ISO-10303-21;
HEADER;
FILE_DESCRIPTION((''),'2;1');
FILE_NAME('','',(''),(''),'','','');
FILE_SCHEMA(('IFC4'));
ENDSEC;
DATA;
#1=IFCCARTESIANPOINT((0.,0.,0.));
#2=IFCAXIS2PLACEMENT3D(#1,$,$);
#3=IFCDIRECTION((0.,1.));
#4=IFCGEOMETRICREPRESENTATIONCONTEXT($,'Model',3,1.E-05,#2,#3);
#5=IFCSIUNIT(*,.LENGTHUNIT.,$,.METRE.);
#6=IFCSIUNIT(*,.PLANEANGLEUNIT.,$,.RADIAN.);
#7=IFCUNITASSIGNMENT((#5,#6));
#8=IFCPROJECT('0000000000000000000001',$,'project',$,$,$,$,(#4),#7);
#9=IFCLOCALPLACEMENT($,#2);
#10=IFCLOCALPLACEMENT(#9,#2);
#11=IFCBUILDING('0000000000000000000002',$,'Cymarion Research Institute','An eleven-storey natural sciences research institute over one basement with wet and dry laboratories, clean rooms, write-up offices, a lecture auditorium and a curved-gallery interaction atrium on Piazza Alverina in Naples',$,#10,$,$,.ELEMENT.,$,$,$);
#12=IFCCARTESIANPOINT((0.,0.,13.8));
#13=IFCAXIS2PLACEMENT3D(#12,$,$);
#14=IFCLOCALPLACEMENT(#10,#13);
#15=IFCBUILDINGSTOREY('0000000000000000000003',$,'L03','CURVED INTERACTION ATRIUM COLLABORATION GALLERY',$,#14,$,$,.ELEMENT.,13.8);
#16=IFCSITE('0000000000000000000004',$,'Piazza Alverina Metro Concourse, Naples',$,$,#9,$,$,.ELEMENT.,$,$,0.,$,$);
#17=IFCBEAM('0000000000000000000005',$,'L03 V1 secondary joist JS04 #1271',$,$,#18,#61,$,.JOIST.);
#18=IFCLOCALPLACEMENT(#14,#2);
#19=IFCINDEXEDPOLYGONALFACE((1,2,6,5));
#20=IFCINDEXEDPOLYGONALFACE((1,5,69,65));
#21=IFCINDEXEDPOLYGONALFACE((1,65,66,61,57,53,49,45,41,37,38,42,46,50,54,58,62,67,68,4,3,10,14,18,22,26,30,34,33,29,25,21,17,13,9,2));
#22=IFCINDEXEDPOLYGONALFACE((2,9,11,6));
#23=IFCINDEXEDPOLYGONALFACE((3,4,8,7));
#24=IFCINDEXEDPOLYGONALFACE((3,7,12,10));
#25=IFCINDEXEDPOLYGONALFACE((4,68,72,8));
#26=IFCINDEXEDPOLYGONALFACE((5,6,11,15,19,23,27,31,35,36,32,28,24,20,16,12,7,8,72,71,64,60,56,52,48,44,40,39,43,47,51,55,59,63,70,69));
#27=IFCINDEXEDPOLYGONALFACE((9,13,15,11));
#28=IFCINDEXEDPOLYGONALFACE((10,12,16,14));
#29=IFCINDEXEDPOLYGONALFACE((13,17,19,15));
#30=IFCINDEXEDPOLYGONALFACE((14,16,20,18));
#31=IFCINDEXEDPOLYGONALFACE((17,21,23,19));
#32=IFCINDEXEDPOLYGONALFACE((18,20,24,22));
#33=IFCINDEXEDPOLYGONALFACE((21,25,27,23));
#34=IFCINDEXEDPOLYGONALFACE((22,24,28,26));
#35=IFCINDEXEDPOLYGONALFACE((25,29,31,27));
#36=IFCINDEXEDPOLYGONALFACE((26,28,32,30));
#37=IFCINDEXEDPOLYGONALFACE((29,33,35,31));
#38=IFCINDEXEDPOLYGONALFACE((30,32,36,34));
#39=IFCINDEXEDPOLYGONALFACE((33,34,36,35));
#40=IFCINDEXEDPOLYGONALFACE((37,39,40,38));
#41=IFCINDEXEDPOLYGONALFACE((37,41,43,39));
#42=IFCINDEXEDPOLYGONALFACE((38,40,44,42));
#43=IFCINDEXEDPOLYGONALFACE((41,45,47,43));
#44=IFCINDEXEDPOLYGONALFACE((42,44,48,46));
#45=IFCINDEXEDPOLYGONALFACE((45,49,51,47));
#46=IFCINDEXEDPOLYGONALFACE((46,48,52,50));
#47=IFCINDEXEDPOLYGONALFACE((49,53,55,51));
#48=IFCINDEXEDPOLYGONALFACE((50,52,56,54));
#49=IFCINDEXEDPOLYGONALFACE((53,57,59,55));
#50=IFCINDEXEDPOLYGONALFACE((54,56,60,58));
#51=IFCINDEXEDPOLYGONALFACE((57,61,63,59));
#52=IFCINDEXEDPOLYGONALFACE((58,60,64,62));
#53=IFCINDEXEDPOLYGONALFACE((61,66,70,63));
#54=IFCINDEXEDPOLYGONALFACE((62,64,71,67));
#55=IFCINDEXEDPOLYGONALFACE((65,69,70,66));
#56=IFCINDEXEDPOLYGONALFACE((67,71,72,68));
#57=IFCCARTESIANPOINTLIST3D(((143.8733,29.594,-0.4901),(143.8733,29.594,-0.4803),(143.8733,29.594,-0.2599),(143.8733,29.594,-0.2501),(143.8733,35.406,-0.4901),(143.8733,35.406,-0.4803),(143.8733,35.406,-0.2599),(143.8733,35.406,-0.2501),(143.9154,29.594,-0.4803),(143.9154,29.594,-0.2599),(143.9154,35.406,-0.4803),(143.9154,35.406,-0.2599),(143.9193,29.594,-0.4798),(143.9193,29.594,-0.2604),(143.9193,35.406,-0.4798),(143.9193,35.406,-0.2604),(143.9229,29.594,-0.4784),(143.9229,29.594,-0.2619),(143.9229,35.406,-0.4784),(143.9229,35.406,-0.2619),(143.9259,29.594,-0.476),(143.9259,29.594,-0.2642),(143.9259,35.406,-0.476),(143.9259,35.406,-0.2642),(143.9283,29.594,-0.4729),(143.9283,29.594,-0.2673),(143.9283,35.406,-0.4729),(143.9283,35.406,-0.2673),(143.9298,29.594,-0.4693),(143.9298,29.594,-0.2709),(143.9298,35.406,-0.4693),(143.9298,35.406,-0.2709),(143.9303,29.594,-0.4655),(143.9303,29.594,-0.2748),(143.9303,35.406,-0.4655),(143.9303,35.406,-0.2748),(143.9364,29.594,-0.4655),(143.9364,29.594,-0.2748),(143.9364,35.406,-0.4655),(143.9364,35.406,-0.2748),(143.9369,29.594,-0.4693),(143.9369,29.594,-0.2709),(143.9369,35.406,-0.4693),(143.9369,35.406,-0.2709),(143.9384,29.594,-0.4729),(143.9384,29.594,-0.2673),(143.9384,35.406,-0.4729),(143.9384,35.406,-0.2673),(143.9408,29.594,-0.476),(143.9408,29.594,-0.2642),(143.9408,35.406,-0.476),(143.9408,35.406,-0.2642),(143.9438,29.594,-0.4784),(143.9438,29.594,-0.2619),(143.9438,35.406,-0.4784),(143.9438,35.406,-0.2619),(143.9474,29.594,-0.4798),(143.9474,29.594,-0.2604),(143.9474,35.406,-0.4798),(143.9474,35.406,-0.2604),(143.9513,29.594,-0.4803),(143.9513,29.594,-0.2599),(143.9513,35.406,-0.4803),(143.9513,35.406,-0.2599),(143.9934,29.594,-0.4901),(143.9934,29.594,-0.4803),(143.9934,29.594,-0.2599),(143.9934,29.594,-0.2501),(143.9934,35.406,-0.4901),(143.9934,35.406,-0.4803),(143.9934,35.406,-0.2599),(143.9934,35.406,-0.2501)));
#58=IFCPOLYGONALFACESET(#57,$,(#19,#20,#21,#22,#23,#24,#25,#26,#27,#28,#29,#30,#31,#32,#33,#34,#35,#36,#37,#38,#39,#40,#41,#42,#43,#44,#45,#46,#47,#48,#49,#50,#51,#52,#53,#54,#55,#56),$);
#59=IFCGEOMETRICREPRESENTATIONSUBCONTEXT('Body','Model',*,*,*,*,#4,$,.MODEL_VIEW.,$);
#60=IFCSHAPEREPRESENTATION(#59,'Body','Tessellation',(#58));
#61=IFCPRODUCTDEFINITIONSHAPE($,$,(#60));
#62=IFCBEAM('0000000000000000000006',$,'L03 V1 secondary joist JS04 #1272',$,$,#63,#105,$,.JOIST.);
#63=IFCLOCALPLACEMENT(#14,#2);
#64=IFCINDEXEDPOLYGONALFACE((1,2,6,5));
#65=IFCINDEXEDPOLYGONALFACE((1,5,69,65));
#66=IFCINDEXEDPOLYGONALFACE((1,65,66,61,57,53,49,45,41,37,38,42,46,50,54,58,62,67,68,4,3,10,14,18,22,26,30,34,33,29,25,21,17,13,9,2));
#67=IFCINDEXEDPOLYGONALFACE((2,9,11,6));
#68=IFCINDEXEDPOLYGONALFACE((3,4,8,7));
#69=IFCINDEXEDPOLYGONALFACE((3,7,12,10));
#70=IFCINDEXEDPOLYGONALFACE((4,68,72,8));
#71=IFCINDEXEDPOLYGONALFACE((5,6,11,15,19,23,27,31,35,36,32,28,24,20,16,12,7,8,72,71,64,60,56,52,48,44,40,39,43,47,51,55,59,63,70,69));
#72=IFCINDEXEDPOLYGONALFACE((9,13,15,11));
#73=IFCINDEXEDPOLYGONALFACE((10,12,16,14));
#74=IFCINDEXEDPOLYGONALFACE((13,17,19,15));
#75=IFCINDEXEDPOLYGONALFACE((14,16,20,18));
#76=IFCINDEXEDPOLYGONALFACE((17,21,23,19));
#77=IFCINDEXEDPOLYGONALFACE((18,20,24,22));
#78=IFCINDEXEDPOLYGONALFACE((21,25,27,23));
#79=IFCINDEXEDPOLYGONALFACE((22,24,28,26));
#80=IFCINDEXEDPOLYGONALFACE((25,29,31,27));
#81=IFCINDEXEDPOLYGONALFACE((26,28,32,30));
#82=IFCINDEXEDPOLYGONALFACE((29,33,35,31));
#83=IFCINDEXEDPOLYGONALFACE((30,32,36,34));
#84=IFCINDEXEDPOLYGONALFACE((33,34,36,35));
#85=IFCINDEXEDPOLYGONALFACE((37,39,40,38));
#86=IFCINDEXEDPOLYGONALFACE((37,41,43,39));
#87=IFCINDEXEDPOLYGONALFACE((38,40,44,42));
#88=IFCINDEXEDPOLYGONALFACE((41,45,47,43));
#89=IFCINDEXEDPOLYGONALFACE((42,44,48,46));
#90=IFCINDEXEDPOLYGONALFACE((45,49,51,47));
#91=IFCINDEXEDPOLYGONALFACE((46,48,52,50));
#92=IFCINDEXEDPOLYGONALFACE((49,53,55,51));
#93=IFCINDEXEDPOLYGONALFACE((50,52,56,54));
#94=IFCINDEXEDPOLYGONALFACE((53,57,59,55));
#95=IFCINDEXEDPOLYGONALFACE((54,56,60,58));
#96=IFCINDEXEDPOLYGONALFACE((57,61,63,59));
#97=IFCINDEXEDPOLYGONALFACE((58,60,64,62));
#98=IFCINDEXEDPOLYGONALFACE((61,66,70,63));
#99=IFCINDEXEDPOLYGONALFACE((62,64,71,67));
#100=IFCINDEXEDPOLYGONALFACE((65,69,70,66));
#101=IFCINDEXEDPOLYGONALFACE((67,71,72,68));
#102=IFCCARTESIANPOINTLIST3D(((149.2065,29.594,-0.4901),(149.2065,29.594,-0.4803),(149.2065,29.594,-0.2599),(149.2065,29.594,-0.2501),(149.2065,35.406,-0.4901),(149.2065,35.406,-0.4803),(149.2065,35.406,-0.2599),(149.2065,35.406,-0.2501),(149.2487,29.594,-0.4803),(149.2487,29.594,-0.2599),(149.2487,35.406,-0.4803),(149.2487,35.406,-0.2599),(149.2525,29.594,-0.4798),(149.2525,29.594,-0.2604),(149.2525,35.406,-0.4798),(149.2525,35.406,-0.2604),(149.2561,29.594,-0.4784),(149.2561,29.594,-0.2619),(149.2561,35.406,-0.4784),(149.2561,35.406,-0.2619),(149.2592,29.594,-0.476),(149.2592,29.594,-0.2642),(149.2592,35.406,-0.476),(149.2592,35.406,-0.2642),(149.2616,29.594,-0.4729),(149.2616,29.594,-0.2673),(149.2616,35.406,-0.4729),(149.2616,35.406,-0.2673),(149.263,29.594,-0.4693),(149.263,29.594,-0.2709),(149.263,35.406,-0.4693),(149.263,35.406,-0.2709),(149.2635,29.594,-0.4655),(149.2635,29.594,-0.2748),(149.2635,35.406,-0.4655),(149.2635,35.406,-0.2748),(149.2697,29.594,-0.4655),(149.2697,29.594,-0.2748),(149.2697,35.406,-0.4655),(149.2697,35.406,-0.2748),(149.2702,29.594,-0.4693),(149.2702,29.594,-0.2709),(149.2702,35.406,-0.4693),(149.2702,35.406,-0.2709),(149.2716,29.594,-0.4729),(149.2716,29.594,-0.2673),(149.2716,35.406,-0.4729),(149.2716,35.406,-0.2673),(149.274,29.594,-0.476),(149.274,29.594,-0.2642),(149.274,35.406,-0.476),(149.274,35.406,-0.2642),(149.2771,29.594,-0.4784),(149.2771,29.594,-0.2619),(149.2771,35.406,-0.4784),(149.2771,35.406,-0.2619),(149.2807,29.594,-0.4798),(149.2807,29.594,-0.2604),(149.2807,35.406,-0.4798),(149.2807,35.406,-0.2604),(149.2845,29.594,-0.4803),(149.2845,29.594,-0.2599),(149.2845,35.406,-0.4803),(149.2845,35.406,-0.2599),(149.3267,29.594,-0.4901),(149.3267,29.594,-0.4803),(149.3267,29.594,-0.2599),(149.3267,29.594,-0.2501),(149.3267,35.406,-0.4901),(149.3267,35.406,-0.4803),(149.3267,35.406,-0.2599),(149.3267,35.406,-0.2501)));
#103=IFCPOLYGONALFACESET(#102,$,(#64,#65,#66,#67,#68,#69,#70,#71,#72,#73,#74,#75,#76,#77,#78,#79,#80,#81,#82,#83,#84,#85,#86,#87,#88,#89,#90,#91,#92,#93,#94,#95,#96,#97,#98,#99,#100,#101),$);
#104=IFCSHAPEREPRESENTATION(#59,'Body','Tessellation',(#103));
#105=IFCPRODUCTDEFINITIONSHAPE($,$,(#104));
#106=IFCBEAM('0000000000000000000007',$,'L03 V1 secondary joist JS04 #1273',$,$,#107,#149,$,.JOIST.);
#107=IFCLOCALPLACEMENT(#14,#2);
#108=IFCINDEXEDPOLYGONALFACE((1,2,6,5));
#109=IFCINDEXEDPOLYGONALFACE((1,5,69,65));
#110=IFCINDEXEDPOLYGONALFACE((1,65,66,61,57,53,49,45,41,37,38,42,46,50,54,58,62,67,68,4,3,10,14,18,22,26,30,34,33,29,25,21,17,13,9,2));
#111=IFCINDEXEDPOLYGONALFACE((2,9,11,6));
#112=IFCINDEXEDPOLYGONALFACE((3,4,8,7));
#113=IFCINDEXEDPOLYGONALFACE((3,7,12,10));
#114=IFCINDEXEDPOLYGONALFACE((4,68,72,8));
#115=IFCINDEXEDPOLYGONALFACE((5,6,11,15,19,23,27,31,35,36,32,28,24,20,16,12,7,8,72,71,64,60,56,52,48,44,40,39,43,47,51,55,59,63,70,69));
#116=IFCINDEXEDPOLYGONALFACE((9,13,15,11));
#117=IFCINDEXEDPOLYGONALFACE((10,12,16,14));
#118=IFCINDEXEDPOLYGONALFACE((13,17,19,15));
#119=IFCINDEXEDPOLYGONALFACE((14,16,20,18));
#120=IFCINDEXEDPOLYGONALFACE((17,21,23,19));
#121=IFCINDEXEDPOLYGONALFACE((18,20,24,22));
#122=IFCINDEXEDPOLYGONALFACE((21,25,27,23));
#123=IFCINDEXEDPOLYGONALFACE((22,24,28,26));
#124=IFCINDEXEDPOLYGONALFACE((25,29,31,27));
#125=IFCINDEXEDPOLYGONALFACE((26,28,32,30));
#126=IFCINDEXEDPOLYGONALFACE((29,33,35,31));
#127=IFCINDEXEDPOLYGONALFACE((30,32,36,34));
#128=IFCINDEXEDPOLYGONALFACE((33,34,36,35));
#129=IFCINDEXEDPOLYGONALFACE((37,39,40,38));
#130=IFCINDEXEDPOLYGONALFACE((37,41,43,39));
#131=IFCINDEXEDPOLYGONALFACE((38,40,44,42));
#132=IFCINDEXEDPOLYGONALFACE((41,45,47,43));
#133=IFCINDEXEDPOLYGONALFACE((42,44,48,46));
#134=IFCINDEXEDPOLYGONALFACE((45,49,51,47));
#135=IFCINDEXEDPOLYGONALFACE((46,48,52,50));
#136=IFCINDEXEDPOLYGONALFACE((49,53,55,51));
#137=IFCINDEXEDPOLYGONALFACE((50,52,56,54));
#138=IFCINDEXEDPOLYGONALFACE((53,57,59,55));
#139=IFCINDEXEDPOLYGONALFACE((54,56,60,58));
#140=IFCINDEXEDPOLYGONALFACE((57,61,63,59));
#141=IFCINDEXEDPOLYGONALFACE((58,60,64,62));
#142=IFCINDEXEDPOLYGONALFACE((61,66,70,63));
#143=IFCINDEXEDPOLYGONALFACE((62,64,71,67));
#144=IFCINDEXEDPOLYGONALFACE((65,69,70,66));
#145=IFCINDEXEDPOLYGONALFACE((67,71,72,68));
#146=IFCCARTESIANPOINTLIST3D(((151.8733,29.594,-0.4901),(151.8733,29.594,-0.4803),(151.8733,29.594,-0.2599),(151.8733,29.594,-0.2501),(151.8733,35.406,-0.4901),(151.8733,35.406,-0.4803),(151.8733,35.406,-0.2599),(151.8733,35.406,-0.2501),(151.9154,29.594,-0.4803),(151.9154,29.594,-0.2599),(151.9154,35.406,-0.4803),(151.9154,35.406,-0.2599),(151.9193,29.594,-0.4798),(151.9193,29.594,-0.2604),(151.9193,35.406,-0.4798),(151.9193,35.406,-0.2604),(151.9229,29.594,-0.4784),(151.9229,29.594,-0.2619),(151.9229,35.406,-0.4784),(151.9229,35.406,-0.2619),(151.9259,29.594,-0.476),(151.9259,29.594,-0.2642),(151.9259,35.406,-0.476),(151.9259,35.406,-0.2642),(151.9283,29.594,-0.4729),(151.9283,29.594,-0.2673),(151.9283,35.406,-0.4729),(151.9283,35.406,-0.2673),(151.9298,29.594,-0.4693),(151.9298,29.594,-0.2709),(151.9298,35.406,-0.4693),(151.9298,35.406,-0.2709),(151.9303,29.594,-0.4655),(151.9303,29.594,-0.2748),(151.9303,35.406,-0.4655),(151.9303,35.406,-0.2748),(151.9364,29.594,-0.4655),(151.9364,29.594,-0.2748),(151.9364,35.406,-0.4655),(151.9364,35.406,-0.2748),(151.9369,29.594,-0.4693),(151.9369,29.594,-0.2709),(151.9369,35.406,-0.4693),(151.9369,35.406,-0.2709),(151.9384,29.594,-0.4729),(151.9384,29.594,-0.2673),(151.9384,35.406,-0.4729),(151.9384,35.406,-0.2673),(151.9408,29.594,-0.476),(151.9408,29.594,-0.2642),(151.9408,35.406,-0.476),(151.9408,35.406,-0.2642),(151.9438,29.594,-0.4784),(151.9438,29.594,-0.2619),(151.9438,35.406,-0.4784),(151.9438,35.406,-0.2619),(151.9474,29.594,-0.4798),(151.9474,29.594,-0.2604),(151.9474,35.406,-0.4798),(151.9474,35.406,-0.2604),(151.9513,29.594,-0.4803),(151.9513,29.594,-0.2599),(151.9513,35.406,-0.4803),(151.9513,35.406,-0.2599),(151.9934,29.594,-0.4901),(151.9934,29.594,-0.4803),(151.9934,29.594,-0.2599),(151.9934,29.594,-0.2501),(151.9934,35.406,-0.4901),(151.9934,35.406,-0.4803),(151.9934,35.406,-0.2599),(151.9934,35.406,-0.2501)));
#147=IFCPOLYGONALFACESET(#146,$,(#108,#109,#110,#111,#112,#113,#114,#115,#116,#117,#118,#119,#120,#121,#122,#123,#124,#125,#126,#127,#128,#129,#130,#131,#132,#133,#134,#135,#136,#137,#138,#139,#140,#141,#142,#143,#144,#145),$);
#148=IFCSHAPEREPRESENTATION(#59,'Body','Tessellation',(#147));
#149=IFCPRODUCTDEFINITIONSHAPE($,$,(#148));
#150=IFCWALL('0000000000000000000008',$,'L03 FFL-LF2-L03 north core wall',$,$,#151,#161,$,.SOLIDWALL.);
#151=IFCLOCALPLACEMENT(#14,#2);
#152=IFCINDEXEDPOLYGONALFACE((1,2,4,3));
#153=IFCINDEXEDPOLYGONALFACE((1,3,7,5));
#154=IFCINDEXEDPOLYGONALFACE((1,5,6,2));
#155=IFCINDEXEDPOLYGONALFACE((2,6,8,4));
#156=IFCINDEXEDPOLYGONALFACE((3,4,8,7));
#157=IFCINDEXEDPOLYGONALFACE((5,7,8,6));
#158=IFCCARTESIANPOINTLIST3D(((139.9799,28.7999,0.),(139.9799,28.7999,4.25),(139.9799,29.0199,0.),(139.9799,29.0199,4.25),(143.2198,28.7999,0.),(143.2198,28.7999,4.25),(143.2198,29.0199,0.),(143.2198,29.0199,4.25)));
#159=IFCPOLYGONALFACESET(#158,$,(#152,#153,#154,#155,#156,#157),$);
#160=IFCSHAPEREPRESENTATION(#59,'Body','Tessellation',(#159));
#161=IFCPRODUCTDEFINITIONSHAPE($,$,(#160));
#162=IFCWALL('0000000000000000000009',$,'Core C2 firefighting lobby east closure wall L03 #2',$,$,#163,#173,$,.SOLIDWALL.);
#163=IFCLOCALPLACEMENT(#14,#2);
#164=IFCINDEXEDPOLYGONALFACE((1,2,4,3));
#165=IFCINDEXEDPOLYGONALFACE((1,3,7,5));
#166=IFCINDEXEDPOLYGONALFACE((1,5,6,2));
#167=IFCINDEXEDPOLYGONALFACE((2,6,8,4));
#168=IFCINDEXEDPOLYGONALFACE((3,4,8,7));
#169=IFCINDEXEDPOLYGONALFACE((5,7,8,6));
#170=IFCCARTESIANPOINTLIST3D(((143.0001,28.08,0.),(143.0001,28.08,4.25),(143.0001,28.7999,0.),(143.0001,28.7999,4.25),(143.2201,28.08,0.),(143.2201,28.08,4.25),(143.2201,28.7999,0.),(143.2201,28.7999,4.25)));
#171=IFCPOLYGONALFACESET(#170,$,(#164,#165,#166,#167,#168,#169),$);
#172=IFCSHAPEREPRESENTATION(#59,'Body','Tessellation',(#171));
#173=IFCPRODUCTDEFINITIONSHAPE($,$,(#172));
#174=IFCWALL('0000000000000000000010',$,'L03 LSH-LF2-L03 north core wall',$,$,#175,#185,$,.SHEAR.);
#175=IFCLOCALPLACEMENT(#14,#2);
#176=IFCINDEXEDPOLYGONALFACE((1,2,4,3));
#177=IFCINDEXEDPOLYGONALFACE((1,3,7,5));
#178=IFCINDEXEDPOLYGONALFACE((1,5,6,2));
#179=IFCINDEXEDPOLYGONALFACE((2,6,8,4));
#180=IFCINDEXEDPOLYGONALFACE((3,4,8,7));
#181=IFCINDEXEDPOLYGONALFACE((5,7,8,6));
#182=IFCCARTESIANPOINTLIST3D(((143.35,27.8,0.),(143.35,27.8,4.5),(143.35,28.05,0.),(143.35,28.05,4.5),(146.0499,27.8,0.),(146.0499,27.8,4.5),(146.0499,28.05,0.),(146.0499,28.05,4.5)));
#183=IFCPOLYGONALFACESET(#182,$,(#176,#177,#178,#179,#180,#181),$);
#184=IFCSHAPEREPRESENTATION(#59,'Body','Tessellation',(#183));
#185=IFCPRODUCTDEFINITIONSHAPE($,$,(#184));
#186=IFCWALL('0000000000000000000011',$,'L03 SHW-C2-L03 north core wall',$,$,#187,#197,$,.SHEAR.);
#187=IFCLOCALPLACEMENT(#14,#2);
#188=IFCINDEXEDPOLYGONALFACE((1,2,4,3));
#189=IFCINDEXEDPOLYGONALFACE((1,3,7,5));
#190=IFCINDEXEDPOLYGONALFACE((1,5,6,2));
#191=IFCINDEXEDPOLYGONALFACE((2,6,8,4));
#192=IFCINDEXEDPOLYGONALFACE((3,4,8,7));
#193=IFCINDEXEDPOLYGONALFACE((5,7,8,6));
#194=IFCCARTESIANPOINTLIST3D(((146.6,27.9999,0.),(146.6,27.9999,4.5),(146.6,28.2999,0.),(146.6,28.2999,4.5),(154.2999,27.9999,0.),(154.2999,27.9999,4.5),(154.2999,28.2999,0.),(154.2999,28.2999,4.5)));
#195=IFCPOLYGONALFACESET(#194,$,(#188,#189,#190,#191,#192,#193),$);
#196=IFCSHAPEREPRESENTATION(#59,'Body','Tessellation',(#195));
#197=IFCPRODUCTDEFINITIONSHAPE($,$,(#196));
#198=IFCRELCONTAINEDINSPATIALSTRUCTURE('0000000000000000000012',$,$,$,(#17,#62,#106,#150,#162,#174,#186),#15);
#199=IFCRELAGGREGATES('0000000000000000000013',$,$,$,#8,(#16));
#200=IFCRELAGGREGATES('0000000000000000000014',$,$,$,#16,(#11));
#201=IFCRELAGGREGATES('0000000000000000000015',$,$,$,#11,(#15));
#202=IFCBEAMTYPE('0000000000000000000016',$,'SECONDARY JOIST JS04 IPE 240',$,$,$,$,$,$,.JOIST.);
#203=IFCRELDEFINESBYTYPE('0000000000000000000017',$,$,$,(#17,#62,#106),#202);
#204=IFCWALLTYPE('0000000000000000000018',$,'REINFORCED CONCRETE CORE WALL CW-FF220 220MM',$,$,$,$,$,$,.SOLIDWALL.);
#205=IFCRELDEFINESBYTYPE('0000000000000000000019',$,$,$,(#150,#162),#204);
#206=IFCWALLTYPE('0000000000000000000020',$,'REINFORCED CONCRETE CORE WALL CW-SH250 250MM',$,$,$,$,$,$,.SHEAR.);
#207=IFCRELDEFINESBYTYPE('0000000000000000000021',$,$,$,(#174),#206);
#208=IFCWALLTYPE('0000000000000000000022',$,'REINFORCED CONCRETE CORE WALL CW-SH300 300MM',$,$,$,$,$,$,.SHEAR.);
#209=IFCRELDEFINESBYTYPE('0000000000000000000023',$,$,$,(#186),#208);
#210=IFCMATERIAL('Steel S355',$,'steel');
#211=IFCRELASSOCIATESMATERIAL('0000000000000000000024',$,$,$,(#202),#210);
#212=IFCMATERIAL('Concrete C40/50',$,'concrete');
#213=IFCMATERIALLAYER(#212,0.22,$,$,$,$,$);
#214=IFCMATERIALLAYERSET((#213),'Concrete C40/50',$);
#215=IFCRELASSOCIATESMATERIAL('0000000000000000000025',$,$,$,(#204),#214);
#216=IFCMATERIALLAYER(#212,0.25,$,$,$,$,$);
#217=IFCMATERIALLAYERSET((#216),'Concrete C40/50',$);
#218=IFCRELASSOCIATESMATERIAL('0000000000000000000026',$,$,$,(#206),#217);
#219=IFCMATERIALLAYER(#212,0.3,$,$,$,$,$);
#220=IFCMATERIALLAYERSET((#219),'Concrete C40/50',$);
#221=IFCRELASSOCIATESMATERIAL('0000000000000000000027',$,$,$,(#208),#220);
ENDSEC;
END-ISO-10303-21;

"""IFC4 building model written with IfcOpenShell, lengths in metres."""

from ifc_helpers import new_model, si_unit, direction, frame, frame_2d, origin, origin_2d, place, context, subcontext, project, spatial, rectangle, i_section, extrude, material, layer, layer_set, material_profile, profile_set, type_object, element, save


model = new_model("IFC4")

# Units and contexts
model_context = context("Model", 3, precision=1e-05, world=origin(), true_north=direction((0.0, 1.0)))
body_context = subcontext(model_context, "Body", "Model", "MODEL_VIEW")
ifc_project = project(units=[si_unit("LENGTHUNIT", "METRE"), si_unit("PLANEANGLEUNIT", "RADIAN")], contexts=[model_context])

# Site, building, storey
site_placement = place(None, origin())
site = spatial("IfcSite", under=ifc_project, at=site_placement, Name="Piazza Alverina Metro Concourse, Naples", CompositionType="ELEMENT", RefElevation=0.0)
building_placement = place(site_placement, origin())
building = spatial("IfcBuilding", under=site, at=building_placement, Name="Cymarion Research Institute", Description="An eleven-storey natural sciences research institute over one basement with wet and dry laboratories, clean rooms, write-up offices, a lecture auditorium and a curved-gallery interaction atrium on Piazza Alverina in Naples", CompositionType="ELEMENT")
storey_placement = place(building_placement, frame((0.0, 0.0, 13.8)))
storey = spatial("IfcBuildingStorey", under=building, at=storey_placement, Name="L03", Description="CURVED INTERACTION ATRIUM COLLABORATION GALLERY", CompositionType="ELEMENT", Elevation=13.8)

# Shared definitions
ifc_material_1 = material(Name="Steel S355", Category="steel")

# Beams
ifc_material_profile_1 = material_profile(ifc_material_1, i_section(OverallWidth=0.1201, OverallDepth=0.24, WebThickness=0.0061, FlangeThickness=0.0098, FilletRadius=0.0149, at=origin_2d()), Name="IPE 240")
ifc_profile_set_1 = profile_set([ifc_material_profile_1], Name="Steel S355")
beam_type_1 = type_object("IfcBeamType", Name="SECONDARY JOIST JS04 IPE 240", PredefinedType="JOIST", material=ifc_profile_set_1)
for number, where, z_axis, x_axis, name in (
    (1, (143.9333, 29.594, -0.3701), (0.0, 1.0, 0.0), (-1.0, 0.0, 0.0), "L03 V1 secondary joist JS04 #1271"),
    (2, (149.2666, 29.594, -0.3701), (0.0, 1.0, 0.0), (-1.0, 0.0, 0.0), "L03 V1 secondary joist JS04 #1272"),
    (3, (151.9333, 29.594, -0.3701), (0.0, 1.0, 0.0), (-1.0, 0.0, 0.0), "L03 V1 secondary joist JS04 #1273"),
):
    element("IfcBeam", number, at=place(storey_placement, frame(where, z_axis=z_axis, x_axis=x_axis)), inside=storey, type_object=beam_type_1, Name=name, PredefinedType="JOIST", context=body_context, shape_type="SweptSolid", body=[
        extrude(i_section(OverallWidth=0.1201, OverallDepth=0.24, WebThickness=0.0061, FlangeThickness=0.0098, FilletRadius=0.0149, at=origin_2d()), origin(), (0.0, 0.0, 1.0), 5.812),
    ])

# Walls
ifc_material_2 = material(Name="Concrete C40/50", Category="concrete")
ifc_layer_1 = layer(ifc_material_2, 0.22)
ifc_layer_set_1 = layer_set([ifc_layer_1], Name="Concrete C40/50")
wall_type_1 = type_object("IfcWallType", Name="REINFORCED CONCRETE CORE WALL CW-FF220 220MM", PredefinedType="SOLIDWALL", material=ifc_layer_set_1)
wall_1_placement = place(storey_placement, frame((143.22, 28.9099, 0.0), z_axis=(0.0, 0.0, 1.0), x_axis=(-1.0, 0.0, 0.0)))
element("IfcWall", 4, at=wall_1_placement, inside=storey, type_object=wall_type_1, Name="L03 FFL-LF2-L03 north core wall", PredefinedType="SOLIDWALL", context=body_context, shape_type="SweptSolid", body=[
    extrude(rectangle(XDim=3.24, YDim=0.22, at=frame_2d((1.6201, 0.0))), origin(), (0.0, 0.0, 1.0), 4.25),
])
wall_2_placement = place(storey_placement, frame((143.1101, 28.0801, 0.0), z_axis=(0.0, 0.0, 1.0), x_axis=(0.0, 1.0, 0.0)))
element("IfcWall", 5, at=wall_2_placement, inside=storey, type_object=wall_type_1, Name="Core C2 firefighting lobby east closure wall L03 #2", PredefinedType="SOLIDWALL", context=body_context, shape_type="SweptSolid", body=[
    extrude(rectangle(XDim=0.72, YDim=0.22, at=frame_2d((0.3599, 0.0))), origin(), (0.0, 0.0, 1.0), 4.25),
])
ifc_layer_2 = layer(ifc_material_2, 0.25)
ifc_layer_set_2 = layer_set([ifc_layer_2], Name="Concrete C40/50")
wall_type_2 = type_object("IfcWallType", Name="REINFORCED CONCRETE CORE WALL CW-SH250 250MM", PredefinedType="SHEAR", material=ifc_layer_set_2)
wall_3_placement = place(storey_placement, frame((146.05, 27.925, 0.0), z_axis=(0.0, 0.0, 1.0), x_axis=(-1.0, 0.0, 0.0)))
element("IfcWall", 6, at=wall_3_placement, inside=storey, type_object=wall_type_2, Name="L03 LSH-LF2-L03 north core wall", PredefinedType="SHEAR", context=body_context, shape_type="SweptSolid", body=[
    extrude(rectangle(XDim=2.7, YDim=0.25, at=frame_2d((1.3501, 0.0))), origin(), (0.0, 0.0, 1.0), 4.5),
])

# Wall
ifc_layer_3 = layer(ifc_material_2, 0.3)
ifc_layer_set_3 = layer_set([ifc_layer_3], Name="Concrete C40/50")
wall_type_3 = type_object("IfcWallType", Name="REINFORCED CONCRETE CORE WALL CW-SH300 300MM", PredefinedType="SHEAR", material=ifc_layer_set_3)
wall_4_placement = place(storey_placement, frame((154.3, 28.1499, 0.0), z_axis=(0.0, 0.0, 1.0), x_axis=(-1.0, 0.0, 0.0)))
element("IfcWall", 7, at=wall_4_placement, inside=storey, type_object=wall_type_3, Name="L03 SHW-C2-L03 north core wall", PredefinedType="SHEAR", context=body_context, shape_type="SweptSolid", body=[
    extrude(rectangle(XDim=7.7, YDim=0.3, at=frame_2d((3.8501, 0.0))), origin(), (0.0, 0.0, 1.0), 4.5),
])

save(model, "model.ifc")
